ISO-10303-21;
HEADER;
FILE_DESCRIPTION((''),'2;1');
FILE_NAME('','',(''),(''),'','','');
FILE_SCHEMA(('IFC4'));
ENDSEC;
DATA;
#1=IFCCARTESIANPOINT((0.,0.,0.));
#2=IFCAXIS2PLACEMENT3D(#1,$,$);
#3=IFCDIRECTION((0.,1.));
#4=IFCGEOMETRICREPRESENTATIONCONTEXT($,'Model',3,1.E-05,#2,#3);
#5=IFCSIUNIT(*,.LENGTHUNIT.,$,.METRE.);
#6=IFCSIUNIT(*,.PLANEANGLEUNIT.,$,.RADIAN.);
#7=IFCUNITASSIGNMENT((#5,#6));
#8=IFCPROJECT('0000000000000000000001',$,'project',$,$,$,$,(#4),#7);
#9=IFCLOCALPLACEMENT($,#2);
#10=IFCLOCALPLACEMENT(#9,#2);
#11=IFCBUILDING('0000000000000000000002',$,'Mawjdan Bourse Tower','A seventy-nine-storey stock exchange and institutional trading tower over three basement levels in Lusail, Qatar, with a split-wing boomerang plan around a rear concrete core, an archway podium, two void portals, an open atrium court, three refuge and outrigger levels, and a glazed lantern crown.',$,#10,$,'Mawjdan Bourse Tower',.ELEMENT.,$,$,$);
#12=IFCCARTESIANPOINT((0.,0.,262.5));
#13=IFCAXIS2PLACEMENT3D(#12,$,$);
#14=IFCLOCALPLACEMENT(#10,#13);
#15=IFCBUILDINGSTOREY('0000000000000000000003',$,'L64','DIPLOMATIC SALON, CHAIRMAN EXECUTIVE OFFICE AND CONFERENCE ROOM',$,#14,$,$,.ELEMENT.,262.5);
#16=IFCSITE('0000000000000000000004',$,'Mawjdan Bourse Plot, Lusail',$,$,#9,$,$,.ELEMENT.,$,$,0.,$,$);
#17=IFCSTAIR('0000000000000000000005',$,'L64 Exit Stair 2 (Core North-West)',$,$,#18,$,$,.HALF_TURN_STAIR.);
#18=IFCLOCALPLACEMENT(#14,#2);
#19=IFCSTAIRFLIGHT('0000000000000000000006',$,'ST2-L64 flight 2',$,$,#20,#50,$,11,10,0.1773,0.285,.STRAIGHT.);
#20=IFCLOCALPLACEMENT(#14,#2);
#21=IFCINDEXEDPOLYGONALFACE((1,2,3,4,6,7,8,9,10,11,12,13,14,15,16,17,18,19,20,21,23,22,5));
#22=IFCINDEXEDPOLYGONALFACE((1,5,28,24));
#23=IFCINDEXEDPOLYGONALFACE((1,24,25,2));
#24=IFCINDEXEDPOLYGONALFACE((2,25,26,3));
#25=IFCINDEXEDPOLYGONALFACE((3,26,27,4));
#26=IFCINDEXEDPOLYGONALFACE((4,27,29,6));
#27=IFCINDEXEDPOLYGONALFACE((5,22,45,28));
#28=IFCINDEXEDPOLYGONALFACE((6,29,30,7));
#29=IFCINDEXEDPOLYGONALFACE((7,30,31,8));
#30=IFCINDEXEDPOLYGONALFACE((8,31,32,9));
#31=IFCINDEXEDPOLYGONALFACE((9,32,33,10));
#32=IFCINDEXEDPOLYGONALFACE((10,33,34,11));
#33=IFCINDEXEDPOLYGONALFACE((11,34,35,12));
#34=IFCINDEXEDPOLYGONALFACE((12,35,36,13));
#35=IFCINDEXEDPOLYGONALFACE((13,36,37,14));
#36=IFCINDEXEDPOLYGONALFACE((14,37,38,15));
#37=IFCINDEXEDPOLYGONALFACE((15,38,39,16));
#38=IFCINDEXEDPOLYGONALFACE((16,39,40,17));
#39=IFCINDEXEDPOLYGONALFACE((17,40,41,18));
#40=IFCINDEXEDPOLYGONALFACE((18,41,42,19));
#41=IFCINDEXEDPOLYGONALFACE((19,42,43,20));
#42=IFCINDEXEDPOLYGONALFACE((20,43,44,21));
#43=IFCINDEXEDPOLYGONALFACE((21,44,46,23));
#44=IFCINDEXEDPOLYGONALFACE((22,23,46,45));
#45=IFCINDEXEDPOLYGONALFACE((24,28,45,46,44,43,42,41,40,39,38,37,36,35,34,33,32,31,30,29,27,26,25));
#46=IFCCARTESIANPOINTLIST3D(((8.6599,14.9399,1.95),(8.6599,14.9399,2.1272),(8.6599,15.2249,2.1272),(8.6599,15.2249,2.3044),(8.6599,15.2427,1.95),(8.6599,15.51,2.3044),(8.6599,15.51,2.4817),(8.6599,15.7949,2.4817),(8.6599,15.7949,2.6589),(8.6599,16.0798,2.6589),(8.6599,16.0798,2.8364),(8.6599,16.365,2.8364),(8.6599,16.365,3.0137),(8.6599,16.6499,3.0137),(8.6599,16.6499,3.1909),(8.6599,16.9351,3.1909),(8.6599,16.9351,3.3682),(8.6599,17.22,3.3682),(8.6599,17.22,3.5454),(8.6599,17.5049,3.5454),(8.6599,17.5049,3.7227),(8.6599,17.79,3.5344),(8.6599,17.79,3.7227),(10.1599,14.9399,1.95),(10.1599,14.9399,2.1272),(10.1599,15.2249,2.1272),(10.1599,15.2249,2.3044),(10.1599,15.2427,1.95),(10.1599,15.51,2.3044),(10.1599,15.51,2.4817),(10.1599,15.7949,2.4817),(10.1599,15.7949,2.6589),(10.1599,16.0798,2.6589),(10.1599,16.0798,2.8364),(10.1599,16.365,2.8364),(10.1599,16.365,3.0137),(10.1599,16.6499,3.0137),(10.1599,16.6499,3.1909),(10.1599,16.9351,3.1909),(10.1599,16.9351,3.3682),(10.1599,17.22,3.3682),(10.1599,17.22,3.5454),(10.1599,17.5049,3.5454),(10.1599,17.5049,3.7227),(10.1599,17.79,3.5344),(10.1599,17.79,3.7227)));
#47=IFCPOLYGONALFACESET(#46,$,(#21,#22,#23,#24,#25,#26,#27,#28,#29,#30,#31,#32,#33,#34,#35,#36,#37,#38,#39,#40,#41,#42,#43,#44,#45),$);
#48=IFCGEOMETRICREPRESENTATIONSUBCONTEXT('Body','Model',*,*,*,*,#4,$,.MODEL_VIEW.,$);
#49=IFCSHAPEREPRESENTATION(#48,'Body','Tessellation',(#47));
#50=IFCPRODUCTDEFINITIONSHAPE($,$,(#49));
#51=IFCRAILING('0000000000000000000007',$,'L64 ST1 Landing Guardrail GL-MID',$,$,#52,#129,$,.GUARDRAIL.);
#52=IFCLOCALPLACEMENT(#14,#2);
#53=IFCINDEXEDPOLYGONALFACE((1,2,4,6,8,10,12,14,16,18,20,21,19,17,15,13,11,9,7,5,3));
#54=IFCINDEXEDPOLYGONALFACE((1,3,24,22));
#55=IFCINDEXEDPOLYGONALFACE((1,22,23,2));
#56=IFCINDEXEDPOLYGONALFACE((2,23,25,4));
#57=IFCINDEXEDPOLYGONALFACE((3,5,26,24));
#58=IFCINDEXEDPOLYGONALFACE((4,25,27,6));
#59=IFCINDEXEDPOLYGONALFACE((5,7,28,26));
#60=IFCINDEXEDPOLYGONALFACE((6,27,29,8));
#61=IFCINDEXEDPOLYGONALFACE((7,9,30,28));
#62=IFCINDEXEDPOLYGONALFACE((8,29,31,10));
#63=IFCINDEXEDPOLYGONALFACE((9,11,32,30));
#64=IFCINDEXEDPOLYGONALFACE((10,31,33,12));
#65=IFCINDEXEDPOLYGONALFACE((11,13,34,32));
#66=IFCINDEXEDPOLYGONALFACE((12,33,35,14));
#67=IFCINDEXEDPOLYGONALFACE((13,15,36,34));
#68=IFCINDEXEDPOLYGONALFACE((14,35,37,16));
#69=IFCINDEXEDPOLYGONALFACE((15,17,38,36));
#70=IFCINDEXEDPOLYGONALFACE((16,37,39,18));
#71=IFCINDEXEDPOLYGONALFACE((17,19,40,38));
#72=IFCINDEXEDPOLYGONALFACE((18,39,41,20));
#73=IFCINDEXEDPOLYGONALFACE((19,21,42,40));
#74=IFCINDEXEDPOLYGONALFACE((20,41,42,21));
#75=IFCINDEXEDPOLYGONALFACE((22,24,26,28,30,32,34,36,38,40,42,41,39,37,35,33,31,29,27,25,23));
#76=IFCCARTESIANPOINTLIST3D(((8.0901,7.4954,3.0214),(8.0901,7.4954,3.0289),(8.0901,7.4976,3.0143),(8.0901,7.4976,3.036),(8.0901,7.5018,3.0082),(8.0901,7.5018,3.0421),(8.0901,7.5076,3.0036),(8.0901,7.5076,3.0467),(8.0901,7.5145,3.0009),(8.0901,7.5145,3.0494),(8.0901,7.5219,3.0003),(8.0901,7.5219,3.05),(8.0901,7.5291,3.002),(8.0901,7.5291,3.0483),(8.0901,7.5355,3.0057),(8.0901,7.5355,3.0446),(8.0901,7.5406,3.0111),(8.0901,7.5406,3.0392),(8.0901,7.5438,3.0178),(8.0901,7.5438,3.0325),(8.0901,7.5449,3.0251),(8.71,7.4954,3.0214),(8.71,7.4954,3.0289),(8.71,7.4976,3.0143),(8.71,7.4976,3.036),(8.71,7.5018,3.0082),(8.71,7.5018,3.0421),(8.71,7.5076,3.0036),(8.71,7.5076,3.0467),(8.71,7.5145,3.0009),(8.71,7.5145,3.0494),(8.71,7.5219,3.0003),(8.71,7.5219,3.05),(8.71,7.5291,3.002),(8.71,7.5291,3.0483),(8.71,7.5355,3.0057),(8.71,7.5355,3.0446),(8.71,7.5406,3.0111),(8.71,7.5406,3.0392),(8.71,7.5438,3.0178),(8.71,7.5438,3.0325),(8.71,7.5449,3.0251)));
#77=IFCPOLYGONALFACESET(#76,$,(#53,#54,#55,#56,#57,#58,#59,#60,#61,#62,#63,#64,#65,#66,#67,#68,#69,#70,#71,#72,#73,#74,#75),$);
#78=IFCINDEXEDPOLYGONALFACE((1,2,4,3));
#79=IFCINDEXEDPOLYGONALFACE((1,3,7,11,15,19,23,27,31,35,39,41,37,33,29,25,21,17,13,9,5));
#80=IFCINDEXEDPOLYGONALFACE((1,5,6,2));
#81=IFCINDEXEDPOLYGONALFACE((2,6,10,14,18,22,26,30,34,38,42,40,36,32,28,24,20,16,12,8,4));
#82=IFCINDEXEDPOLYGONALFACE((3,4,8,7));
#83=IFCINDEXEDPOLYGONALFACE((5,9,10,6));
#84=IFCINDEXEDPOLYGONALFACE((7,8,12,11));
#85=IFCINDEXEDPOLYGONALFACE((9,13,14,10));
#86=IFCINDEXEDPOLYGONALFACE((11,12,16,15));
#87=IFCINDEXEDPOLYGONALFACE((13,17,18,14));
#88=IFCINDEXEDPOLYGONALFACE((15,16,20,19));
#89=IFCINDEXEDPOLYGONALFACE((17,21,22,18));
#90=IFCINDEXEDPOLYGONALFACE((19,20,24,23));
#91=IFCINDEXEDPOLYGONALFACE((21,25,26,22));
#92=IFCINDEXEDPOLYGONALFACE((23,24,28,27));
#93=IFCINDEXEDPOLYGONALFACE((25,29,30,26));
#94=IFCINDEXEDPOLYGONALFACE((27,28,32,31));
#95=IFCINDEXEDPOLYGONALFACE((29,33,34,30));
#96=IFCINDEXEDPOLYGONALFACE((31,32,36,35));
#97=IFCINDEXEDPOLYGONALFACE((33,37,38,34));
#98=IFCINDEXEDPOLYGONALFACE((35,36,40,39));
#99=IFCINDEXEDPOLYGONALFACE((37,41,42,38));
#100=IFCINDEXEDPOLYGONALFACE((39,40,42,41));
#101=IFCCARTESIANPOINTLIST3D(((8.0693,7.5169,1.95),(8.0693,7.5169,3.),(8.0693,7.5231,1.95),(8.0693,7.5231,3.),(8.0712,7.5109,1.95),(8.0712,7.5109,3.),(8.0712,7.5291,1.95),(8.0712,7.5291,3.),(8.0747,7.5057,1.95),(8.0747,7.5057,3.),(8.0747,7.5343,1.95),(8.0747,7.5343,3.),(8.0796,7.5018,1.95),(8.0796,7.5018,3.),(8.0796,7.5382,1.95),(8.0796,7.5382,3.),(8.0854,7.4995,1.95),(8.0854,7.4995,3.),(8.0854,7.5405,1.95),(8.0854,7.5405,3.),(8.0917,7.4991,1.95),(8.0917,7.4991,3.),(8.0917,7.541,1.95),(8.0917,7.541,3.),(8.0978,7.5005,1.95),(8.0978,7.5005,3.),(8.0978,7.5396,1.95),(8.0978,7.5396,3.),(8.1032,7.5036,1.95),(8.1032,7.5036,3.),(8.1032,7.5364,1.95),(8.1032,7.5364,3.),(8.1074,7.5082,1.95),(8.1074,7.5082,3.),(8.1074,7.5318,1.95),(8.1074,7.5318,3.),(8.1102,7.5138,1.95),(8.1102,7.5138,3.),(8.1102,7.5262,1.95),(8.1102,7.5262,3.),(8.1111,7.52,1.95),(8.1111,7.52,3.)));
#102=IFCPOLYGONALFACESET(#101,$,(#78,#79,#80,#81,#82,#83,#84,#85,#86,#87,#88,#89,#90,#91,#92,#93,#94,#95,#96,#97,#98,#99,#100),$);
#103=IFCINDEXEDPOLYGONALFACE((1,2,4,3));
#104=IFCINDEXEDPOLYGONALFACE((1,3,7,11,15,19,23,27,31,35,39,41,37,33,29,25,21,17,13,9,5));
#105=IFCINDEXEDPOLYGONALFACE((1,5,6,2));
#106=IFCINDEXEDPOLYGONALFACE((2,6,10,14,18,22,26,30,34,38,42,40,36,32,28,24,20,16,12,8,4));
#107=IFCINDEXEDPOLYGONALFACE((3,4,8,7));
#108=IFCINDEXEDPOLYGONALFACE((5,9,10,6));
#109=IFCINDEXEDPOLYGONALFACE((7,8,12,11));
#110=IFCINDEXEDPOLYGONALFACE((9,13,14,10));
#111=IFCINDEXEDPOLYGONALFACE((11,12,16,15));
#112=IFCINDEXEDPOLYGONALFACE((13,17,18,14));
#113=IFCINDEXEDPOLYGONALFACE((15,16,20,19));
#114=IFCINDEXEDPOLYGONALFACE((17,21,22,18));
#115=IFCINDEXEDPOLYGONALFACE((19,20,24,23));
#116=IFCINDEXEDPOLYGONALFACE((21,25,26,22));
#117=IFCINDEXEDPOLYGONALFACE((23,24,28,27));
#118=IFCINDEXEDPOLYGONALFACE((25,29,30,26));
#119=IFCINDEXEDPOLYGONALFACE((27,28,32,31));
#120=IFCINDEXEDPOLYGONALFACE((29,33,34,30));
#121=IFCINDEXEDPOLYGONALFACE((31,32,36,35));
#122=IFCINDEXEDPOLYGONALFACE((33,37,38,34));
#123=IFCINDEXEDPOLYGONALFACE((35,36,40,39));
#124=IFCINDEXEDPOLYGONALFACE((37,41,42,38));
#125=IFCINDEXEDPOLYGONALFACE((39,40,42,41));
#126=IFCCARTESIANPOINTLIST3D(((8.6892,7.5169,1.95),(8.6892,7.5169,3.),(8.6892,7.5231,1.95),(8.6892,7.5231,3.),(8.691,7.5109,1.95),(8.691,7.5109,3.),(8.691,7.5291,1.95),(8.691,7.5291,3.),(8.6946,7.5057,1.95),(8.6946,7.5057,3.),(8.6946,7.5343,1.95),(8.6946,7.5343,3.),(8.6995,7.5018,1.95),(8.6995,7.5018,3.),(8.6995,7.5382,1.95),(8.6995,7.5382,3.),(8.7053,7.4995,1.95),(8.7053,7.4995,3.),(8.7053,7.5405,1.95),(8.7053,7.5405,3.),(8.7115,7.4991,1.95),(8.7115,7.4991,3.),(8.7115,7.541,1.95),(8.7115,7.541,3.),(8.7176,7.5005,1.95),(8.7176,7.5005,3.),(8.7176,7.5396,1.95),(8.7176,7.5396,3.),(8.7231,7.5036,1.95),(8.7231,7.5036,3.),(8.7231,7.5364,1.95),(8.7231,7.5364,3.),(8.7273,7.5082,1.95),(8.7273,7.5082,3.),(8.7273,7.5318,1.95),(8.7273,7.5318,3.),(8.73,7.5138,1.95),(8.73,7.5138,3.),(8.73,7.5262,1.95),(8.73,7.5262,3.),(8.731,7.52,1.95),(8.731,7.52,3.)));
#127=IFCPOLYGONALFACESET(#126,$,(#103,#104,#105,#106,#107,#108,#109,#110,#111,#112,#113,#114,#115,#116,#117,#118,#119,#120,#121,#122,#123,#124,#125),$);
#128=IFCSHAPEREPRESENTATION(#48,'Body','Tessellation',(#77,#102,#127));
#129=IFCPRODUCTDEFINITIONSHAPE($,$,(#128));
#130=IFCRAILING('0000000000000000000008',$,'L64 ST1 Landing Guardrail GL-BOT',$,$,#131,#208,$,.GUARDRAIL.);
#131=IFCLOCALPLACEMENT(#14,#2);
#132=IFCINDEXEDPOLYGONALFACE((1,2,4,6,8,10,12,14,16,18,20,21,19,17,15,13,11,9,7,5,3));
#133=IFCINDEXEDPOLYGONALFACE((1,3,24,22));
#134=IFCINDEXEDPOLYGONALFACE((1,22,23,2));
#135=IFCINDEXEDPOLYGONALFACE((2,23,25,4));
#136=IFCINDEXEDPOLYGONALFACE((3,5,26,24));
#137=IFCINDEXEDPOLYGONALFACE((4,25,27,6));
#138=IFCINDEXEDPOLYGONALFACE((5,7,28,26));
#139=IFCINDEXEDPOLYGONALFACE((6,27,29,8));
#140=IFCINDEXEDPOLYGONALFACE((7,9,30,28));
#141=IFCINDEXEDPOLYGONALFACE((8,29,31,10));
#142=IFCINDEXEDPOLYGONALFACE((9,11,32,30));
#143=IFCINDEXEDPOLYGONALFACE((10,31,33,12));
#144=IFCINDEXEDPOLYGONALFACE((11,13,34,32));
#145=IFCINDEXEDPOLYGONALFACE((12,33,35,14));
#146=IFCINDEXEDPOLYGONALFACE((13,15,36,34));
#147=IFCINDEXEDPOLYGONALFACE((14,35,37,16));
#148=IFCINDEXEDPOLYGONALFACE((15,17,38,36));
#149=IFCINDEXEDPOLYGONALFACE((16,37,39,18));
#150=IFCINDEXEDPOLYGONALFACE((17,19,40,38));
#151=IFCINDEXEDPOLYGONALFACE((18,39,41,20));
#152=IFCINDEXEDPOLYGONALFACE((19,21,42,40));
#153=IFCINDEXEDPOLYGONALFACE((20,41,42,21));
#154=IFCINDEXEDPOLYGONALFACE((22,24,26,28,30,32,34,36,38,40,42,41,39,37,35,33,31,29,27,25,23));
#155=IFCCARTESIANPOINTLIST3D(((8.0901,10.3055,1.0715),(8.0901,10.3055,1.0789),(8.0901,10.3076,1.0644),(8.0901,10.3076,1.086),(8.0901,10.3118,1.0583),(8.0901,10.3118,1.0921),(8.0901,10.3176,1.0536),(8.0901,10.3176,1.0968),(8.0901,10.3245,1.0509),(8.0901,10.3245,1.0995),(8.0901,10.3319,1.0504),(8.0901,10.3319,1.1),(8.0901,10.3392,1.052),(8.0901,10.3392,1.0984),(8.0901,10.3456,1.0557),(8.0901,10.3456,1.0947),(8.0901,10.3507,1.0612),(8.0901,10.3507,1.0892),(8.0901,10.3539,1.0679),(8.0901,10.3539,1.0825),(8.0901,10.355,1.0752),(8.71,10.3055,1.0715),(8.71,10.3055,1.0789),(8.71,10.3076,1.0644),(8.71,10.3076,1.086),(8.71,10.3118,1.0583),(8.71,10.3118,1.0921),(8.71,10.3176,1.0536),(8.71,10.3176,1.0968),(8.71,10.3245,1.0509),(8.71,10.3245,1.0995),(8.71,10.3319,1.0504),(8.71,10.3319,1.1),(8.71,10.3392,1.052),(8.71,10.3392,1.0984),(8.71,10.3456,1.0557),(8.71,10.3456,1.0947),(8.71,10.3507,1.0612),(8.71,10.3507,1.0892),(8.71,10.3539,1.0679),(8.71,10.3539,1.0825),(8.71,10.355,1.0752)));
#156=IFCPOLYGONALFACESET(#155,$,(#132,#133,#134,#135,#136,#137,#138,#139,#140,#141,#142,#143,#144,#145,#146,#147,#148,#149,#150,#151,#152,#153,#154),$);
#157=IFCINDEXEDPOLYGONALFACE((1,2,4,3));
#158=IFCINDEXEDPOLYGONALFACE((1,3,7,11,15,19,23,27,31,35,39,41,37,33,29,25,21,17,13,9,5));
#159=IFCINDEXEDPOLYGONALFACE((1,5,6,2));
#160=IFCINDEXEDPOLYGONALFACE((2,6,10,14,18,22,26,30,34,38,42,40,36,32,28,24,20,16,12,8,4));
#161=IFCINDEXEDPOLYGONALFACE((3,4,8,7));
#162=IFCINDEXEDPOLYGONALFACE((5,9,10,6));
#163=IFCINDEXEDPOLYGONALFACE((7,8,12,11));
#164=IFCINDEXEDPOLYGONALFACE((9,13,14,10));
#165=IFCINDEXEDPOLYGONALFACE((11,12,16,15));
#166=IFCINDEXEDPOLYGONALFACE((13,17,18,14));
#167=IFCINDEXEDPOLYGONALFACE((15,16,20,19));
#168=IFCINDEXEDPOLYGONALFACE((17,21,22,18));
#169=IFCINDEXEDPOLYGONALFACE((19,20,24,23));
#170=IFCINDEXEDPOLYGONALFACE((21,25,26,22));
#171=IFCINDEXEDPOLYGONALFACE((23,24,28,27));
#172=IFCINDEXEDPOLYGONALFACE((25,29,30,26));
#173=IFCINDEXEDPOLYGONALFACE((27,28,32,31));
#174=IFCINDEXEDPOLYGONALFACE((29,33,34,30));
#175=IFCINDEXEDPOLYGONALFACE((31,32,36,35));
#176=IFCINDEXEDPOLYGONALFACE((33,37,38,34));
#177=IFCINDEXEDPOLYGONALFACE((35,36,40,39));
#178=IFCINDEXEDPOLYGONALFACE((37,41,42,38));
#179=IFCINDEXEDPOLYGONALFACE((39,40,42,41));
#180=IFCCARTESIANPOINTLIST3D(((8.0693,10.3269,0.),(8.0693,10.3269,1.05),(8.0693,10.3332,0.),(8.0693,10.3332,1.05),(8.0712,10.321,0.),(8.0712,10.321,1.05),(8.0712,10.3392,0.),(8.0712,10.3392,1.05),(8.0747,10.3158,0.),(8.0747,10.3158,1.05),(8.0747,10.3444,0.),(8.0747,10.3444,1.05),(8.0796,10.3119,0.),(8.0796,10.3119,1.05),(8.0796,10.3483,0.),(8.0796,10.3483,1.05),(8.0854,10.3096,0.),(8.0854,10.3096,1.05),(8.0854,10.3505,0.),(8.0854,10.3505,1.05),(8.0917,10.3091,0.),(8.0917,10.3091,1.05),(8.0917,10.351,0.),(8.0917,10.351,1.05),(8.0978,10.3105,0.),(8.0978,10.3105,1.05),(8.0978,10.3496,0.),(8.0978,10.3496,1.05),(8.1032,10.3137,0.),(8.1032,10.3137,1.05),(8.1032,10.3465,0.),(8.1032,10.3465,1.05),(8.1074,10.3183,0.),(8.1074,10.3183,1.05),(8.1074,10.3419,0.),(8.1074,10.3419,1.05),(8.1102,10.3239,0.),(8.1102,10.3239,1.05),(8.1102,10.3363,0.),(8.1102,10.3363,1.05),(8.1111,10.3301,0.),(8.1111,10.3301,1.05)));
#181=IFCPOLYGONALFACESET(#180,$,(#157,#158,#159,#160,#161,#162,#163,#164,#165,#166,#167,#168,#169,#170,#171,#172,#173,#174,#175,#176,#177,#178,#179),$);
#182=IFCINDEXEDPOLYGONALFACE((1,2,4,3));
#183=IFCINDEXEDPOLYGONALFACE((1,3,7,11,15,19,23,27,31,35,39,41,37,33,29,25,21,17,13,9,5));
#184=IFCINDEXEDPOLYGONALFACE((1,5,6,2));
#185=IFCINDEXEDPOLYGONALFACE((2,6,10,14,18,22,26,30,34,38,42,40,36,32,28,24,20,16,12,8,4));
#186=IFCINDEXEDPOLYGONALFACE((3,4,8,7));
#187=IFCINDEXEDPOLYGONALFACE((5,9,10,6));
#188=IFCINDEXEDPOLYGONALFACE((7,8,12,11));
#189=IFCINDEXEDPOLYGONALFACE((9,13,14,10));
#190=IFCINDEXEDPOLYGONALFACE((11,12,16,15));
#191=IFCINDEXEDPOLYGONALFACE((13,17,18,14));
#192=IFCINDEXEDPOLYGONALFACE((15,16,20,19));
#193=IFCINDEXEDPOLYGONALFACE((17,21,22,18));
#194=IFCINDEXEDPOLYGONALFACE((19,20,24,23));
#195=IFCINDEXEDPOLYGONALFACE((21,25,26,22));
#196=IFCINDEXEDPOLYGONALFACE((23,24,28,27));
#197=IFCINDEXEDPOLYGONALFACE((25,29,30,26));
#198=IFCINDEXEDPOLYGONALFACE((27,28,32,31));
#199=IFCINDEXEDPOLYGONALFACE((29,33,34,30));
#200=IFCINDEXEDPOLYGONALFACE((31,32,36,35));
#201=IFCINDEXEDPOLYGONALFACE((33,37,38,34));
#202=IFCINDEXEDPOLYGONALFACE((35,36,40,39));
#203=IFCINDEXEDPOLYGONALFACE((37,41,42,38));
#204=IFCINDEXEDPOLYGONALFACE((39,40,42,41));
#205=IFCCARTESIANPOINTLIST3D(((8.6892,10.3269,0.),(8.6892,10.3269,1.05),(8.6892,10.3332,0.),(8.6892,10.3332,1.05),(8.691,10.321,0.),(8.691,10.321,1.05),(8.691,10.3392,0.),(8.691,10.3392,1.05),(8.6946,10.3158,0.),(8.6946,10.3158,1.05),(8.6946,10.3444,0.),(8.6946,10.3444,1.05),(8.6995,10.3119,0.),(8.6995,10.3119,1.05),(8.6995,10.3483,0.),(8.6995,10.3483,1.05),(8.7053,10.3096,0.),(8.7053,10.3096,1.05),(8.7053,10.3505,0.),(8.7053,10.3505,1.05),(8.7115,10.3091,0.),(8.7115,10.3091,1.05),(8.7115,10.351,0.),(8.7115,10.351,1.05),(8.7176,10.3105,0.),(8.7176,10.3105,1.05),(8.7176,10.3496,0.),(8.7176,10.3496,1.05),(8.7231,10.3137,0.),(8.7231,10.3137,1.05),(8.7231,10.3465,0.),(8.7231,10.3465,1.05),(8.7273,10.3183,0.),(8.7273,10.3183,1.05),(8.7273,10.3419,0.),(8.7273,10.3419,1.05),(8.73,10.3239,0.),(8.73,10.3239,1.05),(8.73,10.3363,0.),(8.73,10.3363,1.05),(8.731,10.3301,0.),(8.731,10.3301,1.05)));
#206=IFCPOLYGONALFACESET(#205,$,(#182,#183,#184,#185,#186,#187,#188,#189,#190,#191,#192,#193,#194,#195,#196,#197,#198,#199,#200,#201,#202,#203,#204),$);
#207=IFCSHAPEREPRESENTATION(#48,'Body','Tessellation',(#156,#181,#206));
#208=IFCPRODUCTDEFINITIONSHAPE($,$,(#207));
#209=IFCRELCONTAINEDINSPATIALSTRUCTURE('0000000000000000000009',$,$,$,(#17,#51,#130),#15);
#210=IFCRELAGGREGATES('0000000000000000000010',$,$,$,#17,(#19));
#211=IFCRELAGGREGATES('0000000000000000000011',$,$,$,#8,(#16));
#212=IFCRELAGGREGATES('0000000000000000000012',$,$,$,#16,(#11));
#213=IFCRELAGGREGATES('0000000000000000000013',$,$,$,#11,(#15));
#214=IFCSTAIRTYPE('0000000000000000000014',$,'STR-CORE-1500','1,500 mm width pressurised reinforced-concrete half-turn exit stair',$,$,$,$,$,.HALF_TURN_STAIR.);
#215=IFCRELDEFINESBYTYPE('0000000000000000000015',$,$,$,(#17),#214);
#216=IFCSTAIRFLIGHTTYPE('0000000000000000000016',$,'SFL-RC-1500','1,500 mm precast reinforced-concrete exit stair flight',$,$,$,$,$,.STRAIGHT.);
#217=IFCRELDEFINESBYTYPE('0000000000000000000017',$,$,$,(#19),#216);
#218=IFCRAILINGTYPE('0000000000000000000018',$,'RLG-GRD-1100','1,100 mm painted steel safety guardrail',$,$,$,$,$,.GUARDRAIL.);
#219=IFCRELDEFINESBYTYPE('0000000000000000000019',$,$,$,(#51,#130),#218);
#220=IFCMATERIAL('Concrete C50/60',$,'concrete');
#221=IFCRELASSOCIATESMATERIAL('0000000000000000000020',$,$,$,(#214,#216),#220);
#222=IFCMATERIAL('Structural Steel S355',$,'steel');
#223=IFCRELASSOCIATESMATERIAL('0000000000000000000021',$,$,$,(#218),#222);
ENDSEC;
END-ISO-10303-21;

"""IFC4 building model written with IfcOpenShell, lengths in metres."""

from ifc_helpers import new_model, si_unit, direction, frame, origin, origin_2d, place, context, subcontext, project, spatial, polyline, circle, outline, extrude, material, type_object, element, aggregate, save


model = new_model("IFC4")

# Units and contexts
model_context = context("Model", 3, precision=1e-05, world=origin(), true_north=direction((0.0, 1.0)))
body_context = subcontext(model_context, "Body", "Model", "MODEL_VIEW")
ifc_project = project(units=[si_unit("LENGTHUNIT", "METRE"), si_unit("PLANEANGLEUNIT", "RADIAN")], contexts=[model_context])

# Site, building, storey
site_placement = place(None, origin())
site = spatial("IfcSite", under=ifc_project, at=site_placement, Name="Mawjdan Bourse Plot, Lusail", CompositionType="ELEMENT", RefElevation=0.0)
building_placement = place(site_placement, origin())
building = spatial("IfcBuilding", under=site, at=building_placement, Name="Mawjdan Bourse Tower", Description="A seventy-nine-storey stock exchange and institutional trading tower over three basement levels in Lusail, Qatar, with a split-wing boomerang plan around a rear concrete core, an archway podium, two void portals, an open atrium court, three refuge and outrigger levels, and a glazed lantern crown.", LongName="Mawjdan Bourse Tower", CompositionType="ELEMENT")
storey_placement = place(building_placement, frame((0.0, 0.0, 262.5)))
storey = spatial("IfcBuildingStorey", under=building, at=storey_placement, Name="L64", Description="DIPLOMATIC SALON, CHAIRMAN EXECUTIVE OFFICE AND CONFERENCE ROOM", CompositionType="ELEMENT", Elevation=262.5)

# Shared definitions
ifc_material_1 = material(Name="Concrete C50/60", Category="concrete")

# Shared definitions
stair_type = type_object("IfcStairType", Name="STR-CORE-1500", Description="1,500 mm width pressurised reinforced-concrete half-turn exit stair", PredefinedType="HALF_TURN_STAIR", material=ifc_material_1)
stair_flight_type = type_object("IfcStairFlightType", Name="SFL-RC-1500", Description="1,500 mm precast reinforced-concrete exit stair flight", PredefinedType="STRAIGHT", material=ifc_material_1)

# Stair, stair flight
stair_1_placement = place(storey_placement, origin())
stair_1 = element("IfcStair", 1, at=stair_1_placement, inside=storey, type_object=stair_type, Name="L64 Exit Stair 2 (Core North-West)", PredefinedType="HALF_TURN_STAIR")
stair_flight_1_placement = place(storey_placement, frame((9.4099, 14.9399, 1.95), z_axis=(0.0, 0.0, 1.0), x_axis=(0.0, 1.0, 0.0)))
stair_flight_1 = element("IfcStairFlight", 2, at=stair_flight_1_placement, type_object=stair_flight_type, Name="ST2-L64 flight 2", NumberOfRisers=11, NumberOfTreads=10, PredefinedType="STRAIGHT", RiserHeight=0.1773, TreadLength=0.285, context=body_context, shape_type="SweptSolid", body=[
    extrude(outline(polyline([(0.0, 0.0), (0.0, 0.1772), (0.2849, 0.1772), (0.2849, 0.3545), (0.5701, 0.3545), (0.5701, 0.5317), (0.855, 0.5317), (0.855, 0.709), (1.1399, 0.709), (1.1399, 0.8865), (1.425, 0.8865), (1.425, 1.0637), (1.71, 1.0637), (1.71, 1.241), (1.9951, 1.241), (1.9951, 1.4182), (2.28, 1.4182), (2.28, 1.5955), (2.5649, 1.5955), (2.5649, 1.7727), (2.8501, 1.7727), (2.8501, 1.95), (2.8501, 1.5845), (0.3027, 0.0), (0.0, 0.0)])), frame((0.0, 0.75, 0.0), z_axis=(0.0, -1.0, 0.0), x_axis=(1.0, 0.0, 0.0)), (0.0, 0.0, 1.0), 1.5),
])
aggregate(stair_1, [stair_flight_1])

# Railings
ifc_material_2 = material(Name="Structural Steel S355", Category="steel")
railing_type_1 = type_object("IfcRailingType", Name="RLG-GRD-1100", Description="1,100 mm painted steel safety guardrail", PredefinedType="GUARDRAIL", material=ifc_material_2)
for number, where, name in (
    (3, (8.0901, 7.52, 1.95), "L64 ST1 Landing Guardrail GL-MID"),
    (4, (8.0901, 10.3301, 0.0), "L64 ST1 Landing Guardrail GL-BOT"),
):
    element("IfcRailing", number, at=place(storey_placement, frame(where)), inside=storey, type_object=railing_type_1, Name=name, PredefinedType="GUARDRAIL", context=body_context, shape_type="SweptSolid", body=[
        extrude(circle(Radius=0.0249, at=origin_2d()), frame((0.0, 0.0, 1.0752), z_axis=(1.0, 0.0, 0.0), x_axis=(0.0, 1.0, 0.0)), (0.0, 0.0, 1.0), 0.6199),
        extrude(circle(Radius=0.021, at=origin_2d()), origin(), (0.0, 0.0, 1.0), 1.05),
        extrude(circle(Radius=0.021, at=origin_2d()), frame((0.6199, 0.0, 0.0)), (0.0, 0.0, 1.0), 1.05),
    ])

save(model, "model.ifc")
